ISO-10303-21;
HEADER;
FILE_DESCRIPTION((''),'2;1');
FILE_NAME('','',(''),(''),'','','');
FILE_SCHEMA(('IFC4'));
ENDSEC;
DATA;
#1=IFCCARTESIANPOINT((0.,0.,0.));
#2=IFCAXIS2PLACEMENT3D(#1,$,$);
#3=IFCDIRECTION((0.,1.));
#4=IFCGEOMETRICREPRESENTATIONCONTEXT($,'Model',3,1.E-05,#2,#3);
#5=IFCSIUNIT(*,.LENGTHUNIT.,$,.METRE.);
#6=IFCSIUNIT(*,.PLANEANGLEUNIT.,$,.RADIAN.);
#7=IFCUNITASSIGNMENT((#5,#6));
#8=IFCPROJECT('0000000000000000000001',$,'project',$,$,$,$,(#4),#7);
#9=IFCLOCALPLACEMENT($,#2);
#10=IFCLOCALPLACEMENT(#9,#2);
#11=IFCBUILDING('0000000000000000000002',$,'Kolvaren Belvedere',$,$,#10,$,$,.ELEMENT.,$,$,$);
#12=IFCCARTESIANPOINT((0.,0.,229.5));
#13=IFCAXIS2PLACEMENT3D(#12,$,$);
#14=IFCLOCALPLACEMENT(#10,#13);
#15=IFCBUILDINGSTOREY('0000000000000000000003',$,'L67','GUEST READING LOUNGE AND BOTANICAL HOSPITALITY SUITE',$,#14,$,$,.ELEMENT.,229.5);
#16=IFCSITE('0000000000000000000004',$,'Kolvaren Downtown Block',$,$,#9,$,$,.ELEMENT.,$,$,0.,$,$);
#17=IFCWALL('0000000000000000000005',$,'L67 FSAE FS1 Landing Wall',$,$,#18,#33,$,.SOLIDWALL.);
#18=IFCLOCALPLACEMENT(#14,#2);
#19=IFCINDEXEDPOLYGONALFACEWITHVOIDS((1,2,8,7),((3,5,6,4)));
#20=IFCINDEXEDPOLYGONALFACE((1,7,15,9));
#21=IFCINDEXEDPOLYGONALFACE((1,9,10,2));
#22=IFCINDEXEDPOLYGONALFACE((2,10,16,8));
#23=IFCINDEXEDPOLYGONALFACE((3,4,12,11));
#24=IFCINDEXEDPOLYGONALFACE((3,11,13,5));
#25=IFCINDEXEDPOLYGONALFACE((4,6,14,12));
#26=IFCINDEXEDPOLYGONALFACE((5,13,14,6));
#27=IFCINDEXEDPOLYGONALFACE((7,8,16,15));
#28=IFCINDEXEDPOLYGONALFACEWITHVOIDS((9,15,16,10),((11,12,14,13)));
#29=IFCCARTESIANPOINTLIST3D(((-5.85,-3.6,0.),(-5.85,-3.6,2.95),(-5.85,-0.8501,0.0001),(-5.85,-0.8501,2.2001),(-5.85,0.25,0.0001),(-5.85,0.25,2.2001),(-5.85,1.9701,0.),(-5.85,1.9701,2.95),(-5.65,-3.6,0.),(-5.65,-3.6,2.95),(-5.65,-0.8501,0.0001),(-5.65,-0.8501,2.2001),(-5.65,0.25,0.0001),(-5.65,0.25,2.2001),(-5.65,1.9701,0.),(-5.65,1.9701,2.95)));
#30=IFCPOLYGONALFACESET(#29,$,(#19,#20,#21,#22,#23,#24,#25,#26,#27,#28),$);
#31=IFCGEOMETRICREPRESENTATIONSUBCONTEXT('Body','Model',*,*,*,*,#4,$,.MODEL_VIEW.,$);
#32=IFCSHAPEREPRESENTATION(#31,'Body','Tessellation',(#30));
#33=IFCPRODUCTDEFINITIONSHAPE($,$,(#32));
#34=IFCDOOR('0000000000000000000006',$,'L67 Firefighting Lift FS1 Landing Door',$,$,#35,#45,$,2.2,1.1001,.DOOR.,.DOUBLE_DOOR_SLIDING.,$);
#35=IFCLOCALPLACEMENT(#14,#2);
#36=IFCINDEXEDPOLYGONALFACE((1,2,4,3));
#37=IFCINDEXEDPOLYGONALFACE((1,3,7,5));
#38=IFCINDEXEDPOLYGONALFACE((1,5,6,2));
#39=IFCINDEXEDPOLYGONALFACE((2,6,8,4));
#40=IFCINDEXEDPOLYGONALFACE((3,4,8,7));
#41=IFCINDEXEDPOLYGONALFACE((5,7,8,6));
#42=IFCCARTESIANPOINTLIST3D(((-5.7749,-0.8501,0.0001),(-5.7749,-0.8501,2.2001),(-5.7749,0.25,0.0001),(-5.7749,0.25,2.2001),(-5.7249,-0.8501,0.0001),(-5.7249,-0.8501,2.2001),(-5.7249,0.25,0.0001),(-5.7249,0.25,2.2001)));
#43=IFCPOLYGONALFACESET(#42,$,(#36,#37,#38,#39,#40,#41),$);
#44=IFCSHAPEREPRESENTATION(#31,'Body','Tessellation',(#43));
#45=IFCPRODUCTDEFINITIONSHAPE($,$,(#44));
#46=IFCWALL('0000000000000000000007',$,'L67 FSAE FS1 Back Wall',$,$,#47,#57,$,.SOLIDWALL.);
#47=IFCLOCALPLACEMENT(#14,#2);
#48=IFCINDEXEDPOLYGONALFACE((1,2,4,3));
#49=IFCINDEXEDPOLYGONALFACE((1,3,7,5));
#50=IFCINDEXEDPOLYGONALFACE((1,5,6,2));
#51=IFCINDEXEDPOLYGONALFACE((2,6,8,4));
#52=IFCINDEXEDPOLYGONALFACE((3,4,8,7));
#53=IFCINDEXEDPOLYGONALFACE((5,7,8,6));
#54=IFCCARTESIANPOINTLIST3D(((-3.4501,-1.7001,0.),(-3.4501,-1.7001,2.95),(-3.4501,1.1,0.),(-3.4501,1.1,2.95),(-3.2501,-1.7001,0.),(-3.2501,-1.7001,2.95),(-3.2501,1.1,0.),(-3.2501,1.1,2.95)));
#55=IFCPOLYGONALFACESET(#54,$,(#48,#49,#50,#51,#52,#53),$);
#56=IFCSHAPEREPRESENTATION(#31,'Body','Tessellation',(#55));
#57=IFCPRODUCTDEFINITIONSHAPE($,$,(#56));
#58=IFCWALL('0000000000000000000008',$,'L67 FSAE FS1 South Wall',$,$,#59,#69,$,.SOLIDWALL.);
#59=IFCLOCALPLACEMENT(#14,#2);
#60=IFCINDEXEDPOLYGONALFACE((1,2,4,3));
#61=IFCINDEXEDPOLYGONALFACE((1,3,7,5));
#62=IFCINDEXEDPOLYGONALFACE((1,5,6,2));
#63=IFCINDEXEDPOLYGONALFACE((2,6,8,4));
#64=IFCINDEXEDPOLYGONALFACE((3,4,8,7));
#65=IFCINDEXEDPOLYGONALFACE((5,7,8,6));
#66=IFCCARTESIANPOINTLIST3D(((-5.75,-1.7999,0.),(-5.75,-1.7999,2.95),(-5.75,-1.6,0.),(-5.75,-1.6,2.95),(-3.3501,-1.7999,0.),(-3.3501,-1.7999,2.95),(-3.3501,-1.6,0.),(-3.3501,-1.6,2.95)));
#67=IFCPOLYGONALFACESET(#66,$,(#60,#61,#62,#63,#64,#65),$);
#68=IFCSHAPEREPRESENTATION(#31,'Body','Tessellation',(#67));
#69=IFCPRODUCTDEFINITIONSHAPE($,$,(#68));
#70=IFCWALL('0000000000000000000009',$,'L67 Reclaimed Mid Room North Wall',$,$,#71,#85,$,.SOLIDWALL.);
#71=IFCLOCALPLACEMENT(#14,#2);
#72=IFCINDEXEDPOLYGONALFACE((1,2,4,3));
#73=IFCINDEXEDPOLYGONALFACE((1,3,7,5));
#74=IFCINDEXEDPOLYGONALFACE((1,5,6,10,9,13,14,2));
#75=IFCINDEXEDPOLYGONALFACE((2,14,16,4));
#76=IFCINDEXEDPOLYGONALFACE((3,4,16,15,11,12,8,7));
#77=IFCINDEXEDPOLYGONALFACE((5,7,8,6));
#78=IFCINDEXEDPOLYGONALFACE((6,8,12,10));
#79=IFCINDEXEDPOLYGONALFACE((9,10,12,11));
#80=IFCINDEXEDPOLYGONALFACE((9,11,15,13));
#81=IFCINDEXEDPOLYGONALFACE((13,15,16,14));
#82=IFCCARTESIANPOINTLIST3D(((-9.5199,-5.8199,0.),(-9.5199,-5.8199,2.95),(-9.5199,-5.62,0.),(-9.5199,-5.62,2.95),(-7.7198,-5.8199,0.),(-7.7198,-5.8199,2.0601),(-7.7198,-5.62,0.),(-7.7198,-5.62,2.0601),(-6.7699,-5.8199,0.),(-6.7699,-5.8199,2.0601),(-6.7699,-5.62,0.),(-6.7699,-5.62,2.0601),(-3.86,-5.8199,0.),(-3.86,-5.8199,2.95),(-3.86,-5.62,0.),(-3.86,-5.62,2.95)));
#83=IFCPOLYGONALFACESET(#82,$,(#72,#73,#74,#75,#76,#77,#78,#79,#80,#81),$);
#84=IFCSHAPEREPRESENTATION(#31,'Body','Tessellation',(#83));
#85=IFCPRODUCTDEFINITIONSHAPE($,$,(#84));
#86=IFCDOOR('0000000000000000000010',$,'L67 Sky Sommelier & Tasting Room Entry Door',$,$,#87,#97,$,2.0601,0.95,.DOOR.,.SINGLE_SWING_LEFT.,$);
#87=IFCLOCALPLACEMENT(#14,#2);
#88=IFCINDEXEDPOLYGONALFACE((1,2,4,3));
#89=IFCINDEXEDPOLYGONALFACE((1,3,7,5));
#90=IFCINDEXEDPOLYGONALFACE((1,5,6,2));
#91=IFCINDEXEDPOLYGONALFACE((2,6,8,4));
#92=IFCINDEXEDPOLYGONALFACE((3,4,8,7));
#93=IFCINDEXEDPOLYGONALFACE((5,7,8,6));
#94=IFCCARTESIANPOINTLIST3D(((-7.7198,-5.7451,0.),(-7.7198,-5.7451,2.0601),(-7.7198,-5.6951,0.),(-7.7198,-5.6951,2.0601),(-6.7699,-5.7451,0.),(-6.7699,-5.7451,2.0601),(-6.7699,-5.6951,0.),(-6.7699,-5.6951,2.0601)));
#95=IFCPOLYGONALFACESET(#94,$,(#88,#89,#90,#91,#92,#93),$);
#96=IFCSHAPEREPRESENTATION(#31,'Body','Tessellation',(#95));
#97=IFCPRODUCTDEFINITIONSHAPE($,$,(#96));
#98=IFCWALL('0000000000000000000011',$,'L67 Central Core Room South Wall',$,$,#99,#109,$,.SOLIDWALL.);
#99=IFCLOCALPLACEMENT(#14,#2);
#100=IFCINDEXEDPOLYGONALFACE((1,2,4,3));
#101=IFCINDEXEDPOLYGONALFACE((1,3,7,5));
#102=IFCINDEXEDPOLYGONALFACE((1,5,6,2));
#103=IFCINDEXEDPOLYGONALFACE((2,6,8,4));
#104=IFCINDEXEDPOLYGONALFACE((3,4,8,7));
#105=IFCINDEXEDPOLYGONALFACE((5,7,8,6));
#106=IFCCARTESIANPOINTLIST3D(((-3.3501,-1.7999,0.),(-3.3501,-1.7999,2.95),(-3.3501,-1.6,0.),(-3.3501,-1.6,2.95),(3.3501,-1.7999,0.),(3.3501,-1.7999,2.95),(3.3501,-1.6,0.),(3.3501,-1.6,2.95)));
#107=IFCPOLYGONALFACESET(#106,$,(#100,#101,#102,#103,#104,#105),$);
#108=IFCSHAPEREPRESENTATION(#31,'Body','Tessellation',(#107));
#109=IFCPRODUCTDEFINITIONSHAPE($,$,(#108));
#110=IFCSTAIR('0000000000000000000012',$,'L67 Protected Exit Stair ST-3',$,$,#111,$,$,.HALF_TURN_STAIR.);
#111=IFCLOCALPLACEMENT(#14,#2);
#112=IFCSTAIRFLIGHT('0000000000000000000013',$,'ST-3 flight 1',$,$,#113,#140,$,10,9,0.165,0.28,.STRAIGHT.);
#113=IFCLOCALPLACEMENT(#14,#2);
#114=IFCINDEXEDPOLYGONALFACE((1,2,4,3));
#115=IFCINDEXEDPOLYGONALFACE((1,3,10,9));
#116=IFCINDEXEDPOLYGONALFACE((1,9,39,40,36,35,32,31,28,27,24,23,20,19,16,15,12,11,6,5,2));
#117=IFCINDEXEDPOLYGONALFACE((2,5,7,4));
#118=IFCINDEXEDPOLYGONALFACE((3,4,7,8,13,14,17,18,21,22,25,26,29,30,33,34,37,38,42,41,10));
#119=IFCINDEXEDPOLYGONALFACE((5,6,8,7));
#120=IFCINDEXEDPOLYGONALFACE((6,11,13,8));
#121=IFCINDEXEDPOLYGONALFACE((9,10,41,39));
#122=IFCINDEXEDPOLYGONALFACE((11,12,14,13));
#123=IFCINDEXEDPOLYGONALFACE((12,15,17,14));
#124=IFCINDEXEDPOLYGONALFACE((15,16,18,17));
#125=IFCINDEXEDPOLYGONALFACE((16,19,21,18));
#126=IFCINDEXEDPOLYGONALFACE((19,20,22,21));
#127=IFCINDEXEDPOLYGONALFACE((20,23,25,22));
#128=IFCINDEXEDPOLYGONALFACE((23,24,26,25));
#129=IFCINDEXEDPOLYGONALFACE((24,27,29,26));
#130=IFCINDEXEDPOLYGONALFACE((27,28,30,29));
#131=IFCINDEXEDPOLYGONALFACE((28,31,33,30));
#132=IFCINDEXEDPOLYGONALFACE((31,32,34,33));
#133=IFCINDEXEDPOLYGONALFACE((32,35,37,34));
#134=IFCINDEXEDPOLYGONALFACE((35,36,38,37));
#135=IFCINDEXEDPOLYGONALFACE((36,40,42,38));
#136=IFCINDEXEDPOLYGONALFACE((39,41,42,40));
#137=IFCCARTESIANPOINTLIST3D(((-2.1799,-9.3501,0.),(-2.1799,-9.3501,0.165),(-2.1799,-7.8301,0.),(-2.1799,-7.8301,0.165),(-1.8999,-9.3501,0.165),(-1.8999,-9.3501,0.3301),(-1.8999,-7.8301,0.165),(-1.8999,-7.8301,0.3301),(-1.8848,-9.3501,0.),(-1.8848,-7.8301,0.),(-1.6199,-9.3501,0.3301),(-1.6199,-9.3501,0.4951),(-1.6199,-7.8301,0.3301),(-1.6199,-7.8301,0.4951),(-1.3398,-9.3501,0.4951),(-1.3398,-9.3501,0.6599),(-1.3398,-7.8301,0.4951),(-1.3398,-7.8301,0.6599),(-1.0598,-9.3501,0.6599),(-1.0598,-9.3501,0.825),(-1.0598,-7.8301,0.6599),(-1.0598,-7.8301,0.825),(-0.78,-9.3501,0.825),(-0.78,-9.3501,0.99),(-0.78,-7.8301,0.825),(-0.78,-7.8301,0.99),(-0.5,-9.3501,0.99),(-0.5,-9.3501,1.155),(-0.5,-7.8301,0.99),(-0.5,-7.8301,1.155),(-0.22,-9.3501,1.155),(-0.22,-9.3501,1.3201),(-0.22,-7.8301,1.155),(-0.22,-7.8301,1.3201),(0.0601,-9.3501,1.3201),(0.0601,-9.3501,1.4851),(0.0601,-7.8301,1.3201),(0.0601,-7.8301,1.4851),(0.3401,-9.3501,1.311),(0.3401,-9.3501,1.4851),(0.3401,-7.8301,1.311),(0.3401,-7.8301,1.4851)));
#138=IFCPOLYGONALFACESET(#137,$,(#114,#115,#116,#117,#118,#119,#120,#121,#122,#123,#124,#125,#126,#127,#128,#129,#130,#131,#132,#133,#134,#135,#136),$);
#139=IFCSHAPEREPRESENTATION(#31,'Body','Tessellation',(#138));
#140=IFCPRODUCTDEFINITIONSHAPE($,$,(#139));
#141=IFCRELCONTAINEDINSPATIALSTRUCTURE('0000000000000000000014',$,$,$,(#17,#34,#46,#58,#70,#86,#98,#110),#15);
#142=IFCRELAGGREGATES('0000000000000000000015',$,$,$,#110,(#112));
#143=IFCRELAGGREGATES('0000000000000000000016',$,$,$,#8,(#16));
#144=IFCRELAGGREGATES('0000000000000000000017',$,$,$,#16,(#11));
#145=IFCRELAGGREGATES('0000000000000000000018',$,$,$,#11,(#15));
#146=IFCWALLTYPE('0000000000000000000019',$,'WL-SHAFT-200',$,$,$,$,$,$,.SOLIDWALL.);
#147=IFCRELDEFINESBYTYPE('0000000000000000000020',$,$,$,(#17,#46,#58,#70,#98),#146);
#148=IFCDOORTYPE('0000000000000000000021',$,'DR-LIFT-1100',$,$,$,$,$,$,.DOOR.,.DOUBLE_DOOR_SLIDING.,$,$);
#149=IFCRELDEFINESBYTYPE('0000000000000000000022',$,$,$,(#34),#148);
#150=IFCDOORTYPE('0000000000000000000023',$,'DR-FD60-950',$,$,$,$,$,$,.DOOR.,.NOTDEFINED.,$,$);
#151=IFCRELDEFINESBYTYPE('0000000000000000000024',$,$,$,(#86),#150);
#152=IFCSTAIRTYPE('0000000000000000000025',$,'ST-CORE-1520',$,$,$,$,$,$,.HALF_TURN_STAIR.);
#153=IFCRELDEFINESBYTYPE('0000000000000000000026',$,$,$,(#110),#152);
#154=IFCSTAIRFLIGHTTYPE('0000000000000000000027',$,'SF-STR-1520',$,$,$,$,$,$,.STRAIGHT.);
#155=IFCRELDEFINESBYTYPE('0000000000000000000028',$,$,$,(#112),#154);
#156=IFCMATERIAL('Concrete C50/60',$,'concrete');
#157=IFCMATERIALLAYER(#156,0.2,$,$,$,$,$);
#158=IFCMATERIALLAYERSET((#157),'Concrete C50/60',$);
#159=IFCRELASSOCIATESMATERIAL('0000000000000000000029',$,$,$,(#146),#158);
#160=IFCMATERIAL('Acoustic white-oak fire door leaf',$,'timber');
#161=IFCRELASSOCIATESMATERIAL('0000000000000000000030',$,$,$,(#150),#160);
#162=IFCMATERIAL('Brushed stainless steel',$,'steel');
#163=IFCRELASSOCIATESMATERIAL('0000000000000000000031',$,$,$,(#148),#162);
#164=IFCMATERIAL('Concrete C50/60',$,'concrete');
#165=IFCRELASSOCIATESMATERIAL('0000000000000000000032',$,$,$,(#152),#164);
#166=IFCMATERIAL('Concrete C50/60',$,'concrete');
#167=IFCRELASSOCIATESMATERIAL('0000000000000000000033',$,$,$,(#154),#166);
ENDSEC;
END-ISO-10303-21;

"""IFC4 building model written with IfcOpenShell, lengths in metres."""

from ifc_helpers import new_model, si_unit, direction, frame, frame_2d, origin, place, context, subcontext, project, spatial, polyline, rectangle, outline, extrude, material, layer, layer_set, type_object, element, fill, aggregate, save


model = new_model("IFC4")

# Units and contexts
model_context = context("Model", 3, precision=1e-05, world=origin(), true_north=direction((0.0, 1.0)))
body_context = subcontext(model_context, "Body", "Model", "MODEL_VIEW")
ifc_project = project(units=[si_unit("LENGTHUNIT", "METRE"), si_unit("PLANEANGLEUNIT", "RADIAN")], contexts=[model_context])

# Site, building, storey
site_placement = place(None, origin())
site = spatial("IfcSite", under=ifc_project, at=site_placement, Name="Kolvaren Downtown Block", CompositionType="ELEMENT", RefElevation=0.0)
building_placement = place(site_placement, origin())
building = spatial("IfcBuilding", under=site, at=building_placement, Name="Kolvaren Belvedere", CompositionType="ELEMENT")
storey_placement = place(building_placement, frame((0.0, 0.0, 229.5)))
storey = spatial("IfcBuildingStorey", under=building, at=storey_placement, Name="L67", Description="GUEST READING LOUNGE AND BOTANICAL HOSPITALITY SUITE", CompositionType="ELEMENT", Elevation=229.5)

# Wall, opening, door
ifc_material_1 = material(Name="Concrete C50/60", Category="concrete")
ifc_layer_1 = layer(ifc_material_1, 0.2)
ifc_layer_set_1 = layer_set([ifc_layer_1], Name="Concrete C50/60")
wall_type_1 = type_object("IfcWallType", Name="WL-SHAFT-200", PredefinedType="SOLIDWALL", material=ifc_layer_set_1)
ifc_material_2 = material(Name="Acoustic white-oak fire door leaf", Category="timber")
door_type_1 = type_object("IfcDoorType", Name="DR-FD60-950", OperationType="NOTDEFINED", PredefinedType="DOOR", material=ifc_material_2)
wall_1_placement = place(storey_placement, frame((-5.75, -3.6001, 0.0), z_axis=(0.0, 0.0, 1.0), x_axis=(0.0, 1.0, 0.0)))
wall_1 = element("IfcWall", 1, at=wall_1_placement, inside=storey, type_object=wall_type_1, Name="L67 FSAE FS1 Landing Wall", PredefinedType="SOLIDWALL", context=body_context, shape_type="SweptSolid", body=[
    extrude(rectangle(XDim=5.5701, YDim=0.2, at=frame_2d((2.7852, 0.0))), origin(), (0.0, 0.0, 1.0), 2.95),
])
opening_1_placement = place(wall_1_placement, frame((2.75, 0.0, 0.0)))
opening_1 = element("IfcOpeningElement", 2, at=opening_1_placement, cuts=wall_1, PredefinedType="OPENING", context=body_context, shape_type="SweptSolid", body=[
    extrude(rectangle(XDim=1.1001, YDim=2.2, at=frame_2d((0.55, 1.1001))), frame((0.0, 0.1099, 0.0), z_axis=(0.0, -1.0, 0.0), x_axis=(1.0, 0.0, 0.0)), (0.0, 0.0, 1.0), 0.22),
])
ifc_material_3 = material(Name="Brushed stainless steel", Category="steel")
door_type_2 = type_object("IfcDoorType", Name="DR-LIFT-1100", OperationType="DOUBLE_DOOR_SLIDING", PredefinedType="DOOR", material=ifc_material_3)
door_1_placement = place(opening_1_placement, origin())
door_1 = element("IfcDoor", 3, at=door_1_placement, inside=storey, type_object=door_type_2, Name="L67 Firefighting Lift FS1 Landing Door", OperationType="DOUBLE_DOOR_SLIDING", OverallHeight=2.2, OverallWidth=1.1001, PredefinedType="DOOR", context=body_context, shape_type="SweptSolid", body=[
    extrude(rectangle(XDim=1.1001, YDim=2.2, at=frame_2d((0.55, 1.1001))), frame((0.0, 0.0249, 0.0), z_axis=(0.0, -1.0, 0.0), x_axis=(1.0, 0.0, 0.0)), (0.0, 0.0, 1.0), 0.05),
])
fill(opening_1, door_1)

# Walls
wall_2_placement = place(storey_placement, frame((-3.3501, -1.7, 0.0), z_axis=(0.0, 0.0, 1.0), x_axis=(0.0, 1.0, 0.0)))
element("IfcWall", 4, at=wall_2_placement, inside=storey, type_object=wall_type_1, Name="L67 FSAE FS1 Back Wall", PredefinedType="SOLIDWALL", context=body_context, shape_type="SweptSolid", body=[
    extrude(rectangle(XDim=2.8, YDim=0.2, at=frame_2d((1.3999, 0.0))), origin(), (0.0, 0.0, 1.0), 2.95),
])
wall_3_placement = place(storey_placement, frame((-5.75, -1.7, 0.0), z_axis=(0.0, 0.0, 1.0), x_axis=(1.0, 0.0, 0.0)))
element("IfcWall", 5, at=wall_3_placement, inside=storey, type_object=wall_type_1, Name="L67 FSAE FS1 South Wall", PredefinedType="SOLIDWALL", context=body_context, shape_type="SweptSolid", body=[
    extrude(rectangle(XDim=2.3999, YDim=0.2, at=frame_2d((1.2, 0.0))), origin(), (0.0, 0.0, 1.0), 2.95),
])

# Wall, opening, door
wall_4_placement = place(storey_placement, frame((-9.52, -5.72, 0.0), z_axis=(0.0, 0.0, 1.0), x_axis=(1.0, 0.0, 0.0)))
wall_4 = element("IfcWall", 6, at=wall_4_placement, inside=storey, type_object=wall_type_1, Name="L67 Reclaimed Mid Room North Wall", PredefinedType="SOLIDWALL", context=body_context, shape_type="SweptSolid", body=[
    extrude(rectangle(XDim=5.6599, YDim=0.2, at=frame_2d((2.8301, 0.0))), origin(), (0.0, 0.0, 1.0), 2.95),
])
opening_2_placement = place(wall_4_placement, frame((1.8, 0.0, 0.0)))
opening_2 = element("IfcOpeningElement", 7, at=opening_2_placement, cuts=wall_4, PredefinedType="OPENING", context=body_context, shape_type="SweptSolid", body=[
    extrude(rectangle(XDim=0.95, YDim=2.0601, at=frame_2d((0.4751, 1.03))), frame((0.0, 0.1099, 0.0), z_axis=(0.0, -1.0, 0.0), x_axis=(1.0, 0.0, 0.0)), (0.0, 0.0, 1.0), 0.22),
])
door_2_placement = place(opening_2_placement, origin())
door_2 = element("IfcDoor", 8, at=door_2_placement, inside=storey, type_object=door_type_1, Name="L67 Sky Sommelier & Tasting Room Entry Door", OperationType="SINGLE_SWING_LEFT", OverallHeight=2.0601, OverallWidth=0.95, PredefinedType="DOOR", context=body_context, shape_type="SweptSolid", body=[
    extrude(rectangle(XDim=0.95, YDim=2.0601, at=frame_2d((0.4751, 1.03))), frame((0.0, 0.0249, 0.0), z_axis=(0.0, -1.0, 0.0), x_axis=(1.0, 0.0, 0.0)), (0.0, 0.0, 1.0), 0.05),
])
fill(opening_2, door_2)

# Wall
wall_5_placement = place(storey_placement, frame((-3.3501, -1.7, 0.0), z_axis=(0.0, 0.0, 1.0), x_axis=(1.0, 0.0, 0.0)))
element("IfcWall", 9, at=wall_5_placement, inside=storey, type_object=wall_type_1, Name="L67 Central Core Room South Wall", PredefinedType="SOLIDWALL", context=body_context, shape_type="SweptSolid", body=[
    extrude(rectangle(XDim=6.7002, YDim=0.2, at=frame_2d((3.3501, 0.0))), origin(), (0.0, 0.0, 1.0), 2.95),
])

# Stair, stair flight
ifc_material_4 = material(Name="Concrete C50/60", Category="concrete")
stair_type = type_object("IfcStairType", Name="ST-CORE-1520", PredefinedType="HALF_TURN_STAIR", material=ifc_material_4)
stair_placement = place(storey_placement, origin())
stair = element("IfcStair", 10, at=stair_placement, inside=storey, type_object=stair_type, Name="L67 Protected Exit Stair ST-3", PredefinedType="HALF_TURN_STAIR")
ifc_material_5 = material(Name="Concrete C50/60", Category="concrete")
stair_flight_type = type_object("IfcStairFlightType", Name="SF-STR-1520", PredefinedType="STRAIGHT", material=ifc_material_5)
stair_flight_placement = place(storey_placement, frame((-2.1799, -8.5901, 0.0), z_axis=(0.0, 0.0, 1.0), x_axis=(1.0, 0.0, 0.0)))
stair_flight = element("IfcStairFlight", 11, at=stair_flight_placement, type_object=stair_flight_type, Name="ST-3 flight 1", NumberOfRisers=10, NumberOfTreads=9, PredefinedType="STRAIGHT", RiserHeight=0.165, TreadLength=0.28, context=body_context, shape_type="SweptSolid", body=[
    extrude(outline(polyline([(0.0, 0.0), (0.0, 0.165), (0.28, 0.165), (0.28, 0.3301), (0.5601, 0.3301), (0.5601, 0.4951), (0.8401, 0.4951), (0.8401, 0.6599), (1.1201, 0.6599), (1.1201, 0.825), (1.3999, 0.825), (1.3999, 0.99), (1.6799, 0.99), (1.6799, 1.155), (1.96, 1.155), (1.96, 1.3201), (2.24, 1.3201), (2.24, 1.4851), (2.52, 1.4851), (2.52, 1.6499), (2.52, 1.311), (0.2952, 0.0), (0.0, 0.0)])), frame((0.0, 0.76, 0.0), z_axis=(0.0, -1.0, 0.0), x_axis=(1.0, 0.0, 0.0)), (0.0, 0.0, 1.0), 1.52),
])
aggregate(stair, [stair_flight])

save(model, "model.ifc")
